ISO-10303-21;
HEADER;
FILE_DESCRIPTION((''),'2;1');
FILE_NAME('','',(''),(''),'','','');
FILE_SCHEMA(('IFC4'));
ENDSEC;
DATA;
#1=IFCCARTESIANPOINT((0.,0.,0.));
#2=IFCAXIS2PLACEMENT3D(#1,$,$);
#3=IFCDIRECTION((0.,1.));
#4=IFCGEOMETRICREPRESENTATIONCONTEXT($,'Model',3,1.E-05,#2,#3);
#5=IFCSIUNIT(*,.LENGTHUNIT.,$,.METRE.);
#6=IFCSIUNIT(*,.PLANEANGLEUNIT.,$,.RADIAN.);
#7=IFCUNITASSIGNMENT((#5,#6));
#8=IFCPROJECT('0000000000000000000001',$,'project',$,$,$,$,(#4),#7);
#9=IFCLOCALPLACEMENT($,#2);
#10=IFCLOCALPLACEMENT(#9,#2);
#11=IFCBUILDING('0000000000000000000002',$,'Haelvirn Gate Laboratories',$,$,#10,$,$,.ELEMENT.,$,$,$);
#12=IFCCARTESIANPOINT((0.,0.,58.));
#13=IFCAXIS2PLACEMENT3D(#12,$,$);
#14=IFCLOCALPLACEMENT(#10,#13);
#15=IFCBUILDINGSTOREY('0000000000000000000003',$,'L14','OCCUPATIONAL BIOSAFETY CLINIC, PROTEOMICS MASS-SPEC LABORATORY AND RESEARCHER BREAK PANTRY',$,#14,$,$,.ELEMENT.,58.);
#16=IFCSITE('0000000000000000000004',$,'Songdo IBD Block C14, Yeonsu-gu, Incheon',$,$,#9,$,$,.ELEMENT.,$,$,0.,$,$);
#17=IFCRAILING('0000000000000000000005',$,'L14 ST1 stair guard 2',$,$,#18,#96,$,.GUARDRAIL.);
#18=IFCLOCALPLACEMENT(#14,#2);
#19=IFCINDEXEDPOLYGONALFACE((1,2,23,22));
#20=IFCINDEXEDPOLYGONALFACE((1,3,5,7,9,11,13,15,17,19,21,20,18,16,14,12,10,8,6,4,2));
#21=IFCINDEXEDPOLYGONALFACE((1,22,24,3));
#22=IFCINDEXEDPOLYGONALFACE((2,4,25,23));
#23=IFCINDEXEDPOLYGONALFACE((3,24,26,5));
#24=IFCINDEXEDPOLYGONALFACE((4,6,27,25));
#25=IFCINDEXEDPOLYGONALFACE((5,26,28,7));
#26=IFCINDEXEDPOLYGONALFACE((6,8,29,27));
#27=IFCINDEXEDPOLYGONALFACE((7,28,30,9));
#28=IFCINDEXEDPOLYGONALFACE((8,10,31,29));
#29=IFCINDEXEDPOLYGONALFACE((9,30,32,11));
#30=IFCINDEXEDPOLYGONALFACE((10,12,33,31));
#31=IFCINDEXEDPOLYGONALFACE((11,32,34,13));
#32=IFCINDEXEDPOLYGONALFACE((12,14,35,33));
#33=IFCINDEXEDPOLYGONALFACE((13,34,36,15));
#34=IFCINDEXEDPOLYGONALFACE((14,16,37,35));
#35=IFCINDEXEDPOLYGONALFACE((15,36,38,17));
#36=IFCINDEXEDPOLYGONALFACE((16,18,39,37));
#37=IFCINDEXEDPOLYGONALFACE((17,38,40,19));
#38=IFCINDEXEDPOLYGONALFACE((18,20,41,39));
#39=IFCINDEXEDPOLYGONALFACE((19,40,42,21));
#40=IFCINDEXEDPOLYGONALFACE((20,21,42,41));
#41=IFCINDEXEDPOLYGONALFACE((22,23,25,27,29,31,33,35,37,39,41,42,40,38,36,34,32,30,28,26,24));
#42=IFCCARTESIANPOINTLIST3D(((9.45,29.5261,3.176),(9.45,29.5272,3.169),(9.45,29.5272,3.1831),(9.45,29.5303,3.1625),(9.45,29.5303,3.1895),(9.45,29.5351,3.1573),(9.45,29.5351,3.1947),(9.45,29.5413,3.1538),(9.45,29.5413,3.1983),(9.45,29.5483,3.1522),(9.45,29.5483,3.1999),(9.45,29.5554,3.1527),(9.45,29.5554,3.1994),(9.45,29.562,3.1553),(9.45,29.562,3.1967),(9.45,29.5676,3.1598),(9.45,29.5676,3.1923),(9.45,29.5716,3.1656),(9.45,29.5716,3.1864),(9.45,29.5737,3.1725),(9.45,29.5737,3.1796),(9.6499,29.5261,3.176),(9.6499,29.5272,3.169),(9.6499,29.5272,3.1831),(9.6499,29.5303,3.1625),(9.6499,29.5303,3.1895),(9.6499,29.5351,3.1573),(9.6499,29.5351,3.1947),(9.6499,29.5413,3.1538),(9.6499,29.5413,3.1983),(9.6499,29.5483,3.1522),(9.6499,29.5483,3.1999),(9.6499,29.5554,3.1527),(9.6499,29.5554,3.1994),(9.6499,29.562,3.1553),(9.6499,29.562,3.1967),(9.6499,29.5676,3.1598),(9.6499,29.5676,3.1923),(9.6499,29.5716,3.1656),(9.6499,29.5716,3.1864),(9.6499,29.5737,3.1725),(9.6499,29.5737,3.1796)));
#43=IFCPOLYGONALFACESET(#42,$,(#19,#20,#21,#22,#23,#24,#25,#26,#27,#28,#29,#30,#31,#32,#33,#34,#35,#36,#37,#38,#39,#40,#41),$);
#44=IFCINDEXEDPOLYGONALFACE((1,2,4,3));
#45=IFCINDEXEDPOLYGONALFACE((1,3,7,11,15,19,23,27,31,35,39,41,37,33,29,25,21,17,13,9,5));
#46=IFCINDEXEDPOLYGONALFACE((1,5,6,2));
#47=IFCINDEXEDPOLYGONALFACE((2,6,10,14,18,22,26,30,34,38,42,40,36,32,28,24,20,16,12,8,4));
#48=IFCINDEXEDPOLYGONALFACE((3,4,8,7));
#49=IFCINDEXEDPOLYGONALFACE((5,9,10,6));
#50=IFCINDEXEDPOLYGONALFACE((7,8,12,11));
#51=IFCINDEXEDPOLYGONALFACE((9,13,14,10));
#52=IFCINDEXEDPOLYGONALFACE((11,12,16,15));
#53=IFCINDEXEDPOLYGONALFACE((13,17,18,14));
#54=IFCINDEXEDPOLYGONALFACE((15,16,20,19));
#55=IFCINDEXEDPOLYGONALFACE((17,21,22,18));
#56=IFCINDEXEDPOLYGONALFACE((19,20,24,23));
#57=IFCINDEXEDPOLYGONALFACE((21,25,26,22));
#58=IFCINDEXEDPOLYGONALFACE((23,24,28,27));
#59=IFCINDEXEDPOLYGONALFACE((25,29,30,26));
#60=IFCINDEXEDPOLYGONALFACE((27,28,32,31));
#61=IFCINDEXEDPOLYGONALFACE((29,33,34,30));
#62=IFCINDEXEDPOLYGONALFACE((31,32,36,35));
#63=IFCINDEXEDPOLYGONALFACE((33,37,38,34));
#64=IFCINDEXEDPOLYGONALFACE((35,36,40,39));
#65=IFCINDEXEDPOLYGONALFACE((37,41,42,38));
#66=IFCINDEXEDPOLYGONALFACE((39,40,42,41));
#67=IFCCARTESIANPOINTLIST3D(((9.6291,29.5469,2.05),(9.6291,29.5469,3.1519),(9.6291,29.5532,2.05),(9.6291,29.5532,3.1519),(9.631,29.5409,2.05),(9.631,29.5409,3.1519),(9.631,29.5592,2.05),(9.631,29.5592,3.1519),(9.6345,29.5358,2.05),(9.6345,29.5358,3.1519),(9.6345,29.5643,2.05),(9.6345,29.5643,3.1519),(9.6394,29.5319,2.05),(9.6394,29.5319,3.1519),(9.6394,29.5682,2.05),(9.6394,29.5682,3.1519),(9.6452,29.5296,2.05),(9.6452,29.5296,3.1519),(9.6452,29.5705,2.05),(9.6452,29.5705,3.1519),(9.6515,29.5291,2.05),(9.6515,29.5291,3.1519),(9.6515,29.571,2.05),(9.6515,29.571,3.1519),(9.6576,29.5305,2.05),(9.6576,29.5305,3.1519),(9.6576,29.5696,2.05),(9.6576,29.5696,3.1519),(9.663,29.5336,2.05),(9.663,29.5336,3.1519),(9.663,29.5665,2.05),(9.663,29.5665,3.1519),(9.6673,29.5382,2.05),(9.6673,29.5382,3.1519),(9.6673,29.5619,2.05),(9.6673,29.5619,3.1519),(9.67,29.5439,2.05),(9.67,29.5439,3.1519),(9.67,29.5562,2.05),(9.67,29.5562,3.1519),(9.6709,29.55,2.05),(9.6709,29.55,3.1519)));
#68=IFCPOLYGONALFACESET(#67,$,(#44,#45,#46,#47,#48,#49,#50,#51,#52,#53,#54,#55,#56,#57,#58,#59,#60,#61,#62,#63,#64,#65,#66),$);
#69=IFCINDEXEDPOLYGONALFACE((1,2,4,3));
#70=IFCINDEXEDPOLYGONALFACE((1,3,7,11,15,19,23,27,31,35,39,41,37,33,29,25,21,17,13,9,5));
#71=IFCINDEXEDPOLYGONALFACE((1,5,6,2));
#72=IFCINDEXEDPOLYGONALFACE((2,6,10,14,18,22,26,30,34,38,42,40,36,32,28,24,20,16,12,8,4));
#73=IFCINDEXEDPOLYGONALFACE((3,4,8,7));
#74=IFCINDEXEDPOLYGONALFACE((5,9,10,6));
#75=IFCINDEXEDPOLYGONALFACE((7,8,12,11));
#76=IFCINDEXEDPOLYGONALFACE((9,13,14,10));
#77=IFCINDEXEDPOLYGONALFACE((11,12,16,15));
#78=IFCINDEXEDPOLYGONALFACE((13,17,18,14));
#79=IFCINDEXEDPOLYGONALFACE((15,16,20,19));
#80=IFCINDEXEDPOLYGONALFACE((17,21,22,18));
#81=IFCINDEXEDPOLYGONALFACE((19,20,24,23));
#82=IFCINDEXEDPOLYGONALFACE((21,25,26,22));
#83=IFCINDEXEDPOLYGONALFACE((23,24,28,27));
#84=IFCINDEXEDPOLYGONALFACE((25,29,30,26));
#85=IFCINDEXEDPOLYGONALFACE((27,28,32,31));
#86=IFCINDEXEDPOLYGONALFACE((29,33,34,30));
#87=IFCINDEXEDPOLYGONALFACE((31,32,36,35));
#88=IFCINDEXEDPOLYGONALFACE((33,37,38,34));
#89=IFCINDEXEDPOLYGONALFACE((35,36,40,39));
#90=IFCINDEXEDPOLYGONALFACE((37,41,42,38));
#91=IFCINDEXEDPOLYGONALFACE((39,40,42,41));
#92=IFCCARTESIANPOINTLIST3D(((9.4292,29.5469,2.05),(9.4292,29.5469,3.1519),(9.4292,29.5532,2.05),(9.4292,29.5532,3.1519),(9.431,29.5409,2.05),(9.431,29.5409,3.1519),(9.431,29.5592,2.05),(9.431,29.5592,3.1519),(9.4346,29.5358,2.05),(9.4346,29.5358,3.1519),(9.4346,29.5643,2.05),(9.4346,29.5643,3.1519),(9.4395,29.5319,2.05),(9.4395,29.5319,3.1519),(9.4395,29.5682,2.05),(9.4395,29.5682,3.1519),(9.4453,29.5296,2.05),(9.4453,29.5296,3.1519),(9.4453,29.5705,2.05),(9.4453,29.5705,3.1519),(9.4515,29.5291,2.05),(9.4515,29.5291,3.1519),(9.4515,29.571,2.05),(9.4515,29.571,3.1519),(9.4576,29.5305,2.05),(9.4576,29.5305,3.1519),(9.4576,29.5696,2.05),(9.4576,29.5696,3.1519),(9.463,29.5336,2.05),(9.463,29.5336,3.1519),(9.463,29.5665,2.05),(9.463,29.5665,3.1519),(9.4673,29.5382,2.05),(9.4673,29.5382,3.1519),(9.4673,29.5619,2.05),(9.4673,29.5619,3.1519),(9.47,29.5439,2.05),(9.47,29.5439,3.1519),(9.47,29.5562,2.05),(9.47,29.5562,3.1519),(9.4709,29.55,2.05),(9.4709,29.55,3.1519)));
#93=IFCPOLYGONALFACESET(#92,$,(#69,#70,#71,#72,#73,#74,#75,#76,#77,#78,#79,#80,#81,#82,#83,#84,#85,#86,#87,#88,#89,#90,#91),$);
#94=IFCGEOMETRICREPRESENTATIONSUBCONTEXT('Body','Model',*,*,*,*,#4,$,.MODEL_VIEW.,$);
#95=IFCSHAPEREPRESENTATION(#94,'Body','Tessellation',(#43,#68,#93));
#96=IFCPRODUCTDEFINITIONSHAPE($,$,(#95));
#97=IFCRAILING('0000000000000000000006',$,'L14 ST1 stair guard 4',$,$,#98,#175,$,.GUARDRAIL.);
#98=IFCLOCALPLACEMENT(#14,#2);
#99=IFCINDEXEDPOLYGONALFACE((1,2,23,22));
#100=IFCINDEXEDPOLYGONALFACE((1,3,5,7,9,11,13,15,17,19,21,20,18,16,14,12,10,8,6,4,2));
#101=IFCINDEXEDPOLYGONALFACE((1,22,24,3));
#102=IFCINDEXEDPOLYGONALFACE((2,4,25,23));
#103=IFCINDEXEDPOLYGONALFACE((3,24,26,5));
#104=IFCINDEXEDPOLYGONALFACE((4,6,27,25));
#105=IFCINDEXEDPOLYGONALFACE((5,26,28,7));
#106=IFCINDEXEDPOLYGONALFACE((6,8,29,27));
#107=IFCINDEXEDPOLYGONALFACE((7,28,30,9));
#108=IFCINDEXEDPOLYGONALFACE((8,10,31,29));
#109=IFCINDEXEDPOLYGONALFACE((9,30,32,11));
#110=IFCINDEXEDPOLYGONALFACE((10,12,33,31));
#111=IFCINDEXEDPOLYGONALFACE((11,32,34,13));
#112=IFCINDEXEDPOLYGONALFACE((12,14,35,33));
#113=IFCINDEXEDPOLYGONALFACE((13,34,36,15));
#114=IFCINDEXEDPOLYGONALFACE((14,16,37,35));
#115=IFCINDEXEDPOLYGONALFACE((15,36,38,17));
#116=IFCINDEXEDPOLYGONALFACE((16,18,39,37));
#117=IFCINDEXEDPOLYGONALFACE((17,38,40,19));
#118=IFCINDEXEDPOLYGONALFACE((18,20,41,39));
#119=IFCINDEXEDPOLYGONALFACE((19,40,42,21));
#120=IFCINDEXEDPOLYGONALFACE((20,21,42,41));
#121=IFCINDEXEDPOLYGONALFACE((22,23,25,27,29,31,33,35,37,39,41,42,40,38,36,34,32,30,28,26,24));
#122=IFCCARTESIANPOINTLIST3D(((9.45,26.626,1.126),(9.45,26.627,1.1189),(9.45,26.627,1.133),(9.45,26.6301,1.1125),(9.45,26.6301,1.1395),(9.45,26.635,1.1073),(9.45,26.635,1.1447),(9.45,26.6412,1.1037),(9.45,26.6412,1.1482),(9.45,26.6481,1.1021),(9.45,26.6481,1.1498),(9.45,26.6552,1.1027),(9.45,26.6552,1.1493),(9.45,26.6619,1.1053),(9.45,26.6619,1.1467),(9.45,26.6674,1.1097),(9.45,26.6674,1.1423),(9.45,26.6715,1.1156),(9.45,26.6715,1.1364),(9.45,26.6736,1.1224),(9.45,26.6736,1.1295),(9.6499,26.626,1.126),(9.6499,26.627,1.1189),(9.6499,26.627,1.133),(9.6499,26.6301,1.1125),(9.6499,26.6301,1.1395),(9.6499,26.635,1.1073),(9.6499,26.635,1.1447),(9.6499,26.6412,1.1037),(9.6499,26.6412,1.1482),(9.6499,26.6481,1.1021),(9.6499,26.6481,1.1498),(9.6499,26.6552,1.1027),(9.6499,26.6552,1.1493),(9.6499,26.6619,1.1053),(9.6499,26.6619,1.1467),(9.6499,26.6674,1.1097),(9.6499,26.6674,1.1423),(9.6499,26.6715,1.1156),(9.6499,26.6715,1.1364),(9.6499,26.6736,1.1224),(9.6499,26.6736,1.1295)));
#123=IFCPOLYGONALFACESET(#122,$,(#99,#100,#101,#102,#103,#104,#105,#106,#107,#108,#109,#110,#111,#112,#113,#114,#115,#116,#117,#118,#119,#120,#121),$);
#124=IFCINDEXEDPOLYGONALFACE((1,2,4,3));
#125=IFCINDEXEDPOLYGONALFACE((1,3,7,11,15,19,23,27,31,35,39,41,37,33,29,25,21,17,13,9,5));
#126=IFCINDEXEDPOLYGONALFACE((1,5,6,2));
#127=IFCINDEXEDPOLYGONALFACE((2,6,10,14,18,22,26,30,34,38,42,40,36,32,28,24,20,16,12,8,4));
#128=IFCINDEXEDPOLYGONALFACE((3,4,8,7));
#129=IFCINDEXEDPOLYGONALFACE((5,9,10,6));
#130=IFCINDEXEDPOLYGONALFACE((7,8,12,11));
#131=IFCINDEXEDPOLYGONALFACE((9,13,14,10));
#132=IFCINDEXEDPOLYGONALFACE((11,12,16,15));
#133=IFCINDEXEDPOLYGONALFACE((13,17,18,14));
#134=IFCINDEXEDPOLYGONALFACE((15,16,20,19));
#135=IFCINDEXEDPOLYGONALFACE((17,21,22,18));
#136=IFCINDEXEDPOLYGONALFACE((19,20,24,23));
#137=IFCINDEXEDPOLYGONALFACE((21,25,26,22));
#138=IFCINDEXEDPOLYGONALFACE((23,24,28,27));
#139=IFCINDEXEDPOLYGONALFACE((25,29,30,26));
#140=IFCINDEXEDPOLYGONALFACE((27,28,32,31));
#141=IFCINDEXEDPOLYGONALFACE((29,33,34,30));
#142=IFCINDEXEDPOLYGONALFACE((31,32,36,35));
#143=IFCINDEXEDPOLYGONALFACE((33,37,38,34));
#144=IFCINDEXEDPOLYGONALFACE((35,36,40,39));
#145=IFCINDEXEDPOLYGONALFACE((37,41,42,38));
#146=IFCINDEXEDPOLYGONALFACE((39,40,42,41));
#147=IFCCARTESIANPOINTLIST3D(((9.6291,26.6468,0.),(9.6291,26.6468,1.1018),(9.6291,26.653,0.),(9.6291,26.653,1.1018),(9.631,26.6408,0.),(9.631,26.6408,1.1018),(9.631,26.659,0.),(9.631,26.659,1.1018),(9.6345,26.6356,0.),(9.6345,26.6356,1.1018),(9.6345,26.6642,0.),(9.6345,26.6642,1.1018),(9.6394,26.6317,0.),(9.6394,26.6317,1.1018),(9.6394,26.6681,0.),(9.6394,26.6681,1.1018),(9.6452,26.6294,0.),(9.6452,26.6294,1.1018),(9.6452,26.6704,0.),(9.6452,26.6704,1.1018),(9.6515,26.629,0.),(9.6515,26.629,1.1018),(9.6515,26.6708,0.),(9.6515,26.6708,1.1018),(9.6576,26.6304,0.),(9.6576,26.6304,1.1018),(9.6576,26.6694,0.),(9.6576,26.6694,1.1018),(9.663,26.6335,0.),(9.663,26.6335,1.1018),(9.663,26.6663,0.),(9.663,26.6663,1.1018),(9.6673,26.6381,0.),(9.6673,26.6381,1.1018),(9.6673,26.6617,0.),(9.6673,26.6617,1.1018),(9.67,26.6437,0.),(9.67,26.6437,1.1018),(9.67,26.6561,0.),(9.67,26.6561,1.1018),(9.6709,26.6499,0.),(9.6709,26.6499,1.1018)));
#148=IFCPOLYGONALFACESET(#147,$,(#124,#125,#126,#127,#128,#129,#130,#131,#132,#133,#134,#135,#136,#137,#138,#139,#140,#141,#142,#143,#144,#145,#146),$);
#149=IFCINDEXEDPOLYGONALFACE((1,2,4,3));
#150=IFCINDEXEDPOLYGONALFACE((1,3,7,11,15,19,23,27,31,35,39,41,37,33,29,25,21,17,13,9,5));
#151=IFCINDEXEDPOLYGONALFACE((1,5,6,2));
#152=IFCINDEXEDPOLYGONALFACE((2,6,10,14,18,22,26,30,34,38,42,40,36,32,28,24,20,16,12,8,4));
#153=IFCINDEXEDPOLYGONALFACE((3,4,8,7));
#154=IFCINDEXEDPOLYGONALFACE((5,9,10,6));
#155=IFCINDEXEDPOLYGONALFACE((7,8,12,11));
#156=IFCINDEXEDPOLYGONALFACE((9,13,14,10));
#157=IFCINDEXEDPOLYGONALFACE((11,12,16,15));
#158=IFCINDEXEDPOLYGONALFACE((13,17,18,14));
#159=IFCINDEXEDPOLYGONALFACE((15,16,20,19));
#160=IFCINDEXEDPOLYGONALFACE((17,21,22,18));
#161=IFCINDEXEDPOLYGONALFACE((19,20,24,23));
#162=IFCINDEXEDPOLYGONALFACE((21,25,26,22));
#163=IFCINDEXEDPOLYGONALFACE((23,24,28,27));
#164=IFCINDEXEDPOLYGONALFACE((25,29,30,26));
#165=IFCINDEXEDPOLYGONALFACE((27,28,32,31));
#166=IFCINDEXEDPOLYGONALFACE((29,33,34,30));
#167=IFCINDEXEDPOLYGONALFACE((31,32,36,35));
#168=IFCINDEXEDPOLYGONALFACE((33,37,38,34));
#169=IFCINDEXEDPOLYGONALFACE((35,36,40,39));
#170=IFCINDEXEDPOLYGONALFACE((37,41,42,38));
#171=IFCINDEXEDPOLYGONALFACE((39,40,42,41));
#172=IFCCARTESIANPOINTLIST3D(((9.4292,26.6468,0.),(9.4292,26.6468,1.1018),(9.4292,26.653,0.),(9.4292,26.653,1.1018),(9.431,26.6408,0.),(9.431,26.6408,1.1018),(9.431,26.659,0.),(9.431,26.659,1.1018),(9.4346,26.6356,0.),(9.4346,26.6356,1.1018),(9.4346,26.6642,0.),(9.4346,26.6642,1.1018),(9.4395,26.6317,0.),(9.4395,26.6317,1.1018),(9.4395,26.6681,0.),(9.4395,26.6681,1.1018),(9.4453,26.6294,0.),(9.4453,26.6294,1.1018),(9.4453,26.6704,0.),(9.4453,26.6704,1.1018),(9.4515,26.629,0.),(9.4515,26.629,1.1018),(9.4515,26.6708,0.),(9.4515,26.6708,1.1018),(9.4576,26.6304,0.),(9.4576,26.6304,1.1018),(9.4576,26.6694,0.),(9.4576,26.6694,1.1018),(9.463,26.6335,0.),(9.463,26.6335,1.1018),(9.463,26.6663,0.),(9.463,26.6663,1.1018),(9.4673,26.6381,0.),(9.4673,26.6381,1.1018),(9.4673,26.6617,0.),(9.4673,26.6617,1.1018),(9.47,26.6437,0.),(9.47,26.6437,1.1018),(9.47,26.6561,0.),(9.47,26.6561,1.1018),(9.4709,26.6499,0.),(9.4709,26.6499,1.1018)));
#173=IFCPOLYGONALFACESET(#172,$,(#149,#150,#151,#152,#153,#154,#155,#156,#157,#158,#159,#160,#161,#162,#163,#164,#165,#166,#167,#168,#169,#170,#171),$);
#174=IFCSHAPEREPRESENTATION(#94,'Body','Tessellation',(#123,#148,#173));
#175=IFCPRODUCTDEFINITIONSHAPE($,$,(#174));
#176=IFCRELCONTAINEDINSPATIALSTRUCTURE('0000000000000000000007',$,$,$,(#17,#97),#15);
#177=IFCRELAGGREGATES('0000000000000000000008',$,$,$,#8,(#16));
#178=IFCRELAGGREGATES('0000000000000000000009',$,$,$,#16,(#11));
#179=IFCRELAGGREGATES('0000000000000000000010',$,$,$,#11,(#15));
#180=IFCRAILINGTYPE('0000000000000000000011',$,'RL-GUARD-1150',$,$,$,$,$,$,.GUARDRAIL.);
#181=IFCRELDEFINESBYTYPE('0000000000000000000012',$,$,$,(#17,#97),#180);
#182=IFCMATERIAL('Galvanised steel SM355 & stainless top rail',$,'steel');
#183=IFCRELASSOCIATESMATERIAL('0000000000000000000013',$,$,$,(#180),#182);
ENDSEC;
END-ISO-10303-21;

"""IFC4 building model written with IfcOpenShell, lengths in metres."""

from ifc_helpers import new_model, si_unit, direction, frame, origin, origin_2d, place, context, subcontext, project, spatial, circle, extrude, source, transform, mapped, material, type_object, element, save


model = new_model("IFC4")

# Units and contexts
model_context = context("Model", 3, precision=1e-05, world=origin(), true_north=direction((0.0, 1.0)))
body_context = subcontext(model_context, "Body", "Model", "MODEL_VIEW")
ifc_project = project(units=[si_unit("LENGTHUNIT", "METRE"), si_unit("PLANEANGLEUNIT", "RADIAN")], contexts=[model_context])

# Site, building, storey
site_placement = place(None, origin())
site = spatial("IfcSite", under=ifc_project, at=site_placement, Name="Songdo IBD Block C14, Yeonsu-gu, Incheon", CompositionType="ELEMENT", RefElevation=0.0)
building_placement = place(site_placement, origin())
building = spatial("IfcBuilding", under=site, at=building_placement, Name="Haelvirn Gate Laboratories", CompositionType="ELEMENT")
storey_placement = place(building_placement, frame((0.0, 0.0, 58.0)))
storey = spatial("IfcBuildingStorey", under=building, at=storey_placement, Name="L14", Description="OCCUPATIONAL BIOSAFETY CLINIC, PROTEOMICS MASS-SPEC LABORATORY AND RESEARCHER BREAK PANTRY", CompositionType="ELEMENT", Elevation=58.0)

# Railings
ifc_material_1 = material(Name="Galvanised steel SM355 & stainless top rail", Category="steel")
railing_type_1 = type_object("IfcRailingType", Name="RL-GUARD-1150", PredefinedType="GUARDRAIL", material=ifc_material_1)
shared_shape_1 = source(origin(), body_context, "Body", "SweptSolid", [
    extrude(circle(Radius=0.0239, at=origin_2d()), frame((0.0, 0.0, 1.126), z_axis=(-1.0, 0.0, 0.0), x_axis=(0.0, -1.0, 0.0)), (0.0, 0.0, 1.0), 0.2),
    extrude(circle(Radius=0.021, at=origin_2d()), origin(), (0.0, 0.0, 1.0), 1.1018),
    extrude(circle(Radius=0.021, at=origin_2d()), frame((-0.2, 0.0, 0.0)), (0.0, 0.0, 1.0), 1.1018),
])
for number, where, name in (
    (1, (9.6499, 29.55, 2.05), "L14 ST1 stair guard 2"),
    (2, (9.6499, 26.6499, 0.0), "L14 ST1 stair guard 4"),
):
    element("IfcRailing", number, at=place(storey_placement, frame(where)), inside=storey, type_object=railing_type_1, Name=name, PredefinedType="GUARDRAIL", context=body_context, shape_type="MappedRepresentation", body=[
        mapped(shared_shape_1, transform((0.0, 0.0, 0.0), scale=1.0)),
    ])

save(model, "model.ifc")
